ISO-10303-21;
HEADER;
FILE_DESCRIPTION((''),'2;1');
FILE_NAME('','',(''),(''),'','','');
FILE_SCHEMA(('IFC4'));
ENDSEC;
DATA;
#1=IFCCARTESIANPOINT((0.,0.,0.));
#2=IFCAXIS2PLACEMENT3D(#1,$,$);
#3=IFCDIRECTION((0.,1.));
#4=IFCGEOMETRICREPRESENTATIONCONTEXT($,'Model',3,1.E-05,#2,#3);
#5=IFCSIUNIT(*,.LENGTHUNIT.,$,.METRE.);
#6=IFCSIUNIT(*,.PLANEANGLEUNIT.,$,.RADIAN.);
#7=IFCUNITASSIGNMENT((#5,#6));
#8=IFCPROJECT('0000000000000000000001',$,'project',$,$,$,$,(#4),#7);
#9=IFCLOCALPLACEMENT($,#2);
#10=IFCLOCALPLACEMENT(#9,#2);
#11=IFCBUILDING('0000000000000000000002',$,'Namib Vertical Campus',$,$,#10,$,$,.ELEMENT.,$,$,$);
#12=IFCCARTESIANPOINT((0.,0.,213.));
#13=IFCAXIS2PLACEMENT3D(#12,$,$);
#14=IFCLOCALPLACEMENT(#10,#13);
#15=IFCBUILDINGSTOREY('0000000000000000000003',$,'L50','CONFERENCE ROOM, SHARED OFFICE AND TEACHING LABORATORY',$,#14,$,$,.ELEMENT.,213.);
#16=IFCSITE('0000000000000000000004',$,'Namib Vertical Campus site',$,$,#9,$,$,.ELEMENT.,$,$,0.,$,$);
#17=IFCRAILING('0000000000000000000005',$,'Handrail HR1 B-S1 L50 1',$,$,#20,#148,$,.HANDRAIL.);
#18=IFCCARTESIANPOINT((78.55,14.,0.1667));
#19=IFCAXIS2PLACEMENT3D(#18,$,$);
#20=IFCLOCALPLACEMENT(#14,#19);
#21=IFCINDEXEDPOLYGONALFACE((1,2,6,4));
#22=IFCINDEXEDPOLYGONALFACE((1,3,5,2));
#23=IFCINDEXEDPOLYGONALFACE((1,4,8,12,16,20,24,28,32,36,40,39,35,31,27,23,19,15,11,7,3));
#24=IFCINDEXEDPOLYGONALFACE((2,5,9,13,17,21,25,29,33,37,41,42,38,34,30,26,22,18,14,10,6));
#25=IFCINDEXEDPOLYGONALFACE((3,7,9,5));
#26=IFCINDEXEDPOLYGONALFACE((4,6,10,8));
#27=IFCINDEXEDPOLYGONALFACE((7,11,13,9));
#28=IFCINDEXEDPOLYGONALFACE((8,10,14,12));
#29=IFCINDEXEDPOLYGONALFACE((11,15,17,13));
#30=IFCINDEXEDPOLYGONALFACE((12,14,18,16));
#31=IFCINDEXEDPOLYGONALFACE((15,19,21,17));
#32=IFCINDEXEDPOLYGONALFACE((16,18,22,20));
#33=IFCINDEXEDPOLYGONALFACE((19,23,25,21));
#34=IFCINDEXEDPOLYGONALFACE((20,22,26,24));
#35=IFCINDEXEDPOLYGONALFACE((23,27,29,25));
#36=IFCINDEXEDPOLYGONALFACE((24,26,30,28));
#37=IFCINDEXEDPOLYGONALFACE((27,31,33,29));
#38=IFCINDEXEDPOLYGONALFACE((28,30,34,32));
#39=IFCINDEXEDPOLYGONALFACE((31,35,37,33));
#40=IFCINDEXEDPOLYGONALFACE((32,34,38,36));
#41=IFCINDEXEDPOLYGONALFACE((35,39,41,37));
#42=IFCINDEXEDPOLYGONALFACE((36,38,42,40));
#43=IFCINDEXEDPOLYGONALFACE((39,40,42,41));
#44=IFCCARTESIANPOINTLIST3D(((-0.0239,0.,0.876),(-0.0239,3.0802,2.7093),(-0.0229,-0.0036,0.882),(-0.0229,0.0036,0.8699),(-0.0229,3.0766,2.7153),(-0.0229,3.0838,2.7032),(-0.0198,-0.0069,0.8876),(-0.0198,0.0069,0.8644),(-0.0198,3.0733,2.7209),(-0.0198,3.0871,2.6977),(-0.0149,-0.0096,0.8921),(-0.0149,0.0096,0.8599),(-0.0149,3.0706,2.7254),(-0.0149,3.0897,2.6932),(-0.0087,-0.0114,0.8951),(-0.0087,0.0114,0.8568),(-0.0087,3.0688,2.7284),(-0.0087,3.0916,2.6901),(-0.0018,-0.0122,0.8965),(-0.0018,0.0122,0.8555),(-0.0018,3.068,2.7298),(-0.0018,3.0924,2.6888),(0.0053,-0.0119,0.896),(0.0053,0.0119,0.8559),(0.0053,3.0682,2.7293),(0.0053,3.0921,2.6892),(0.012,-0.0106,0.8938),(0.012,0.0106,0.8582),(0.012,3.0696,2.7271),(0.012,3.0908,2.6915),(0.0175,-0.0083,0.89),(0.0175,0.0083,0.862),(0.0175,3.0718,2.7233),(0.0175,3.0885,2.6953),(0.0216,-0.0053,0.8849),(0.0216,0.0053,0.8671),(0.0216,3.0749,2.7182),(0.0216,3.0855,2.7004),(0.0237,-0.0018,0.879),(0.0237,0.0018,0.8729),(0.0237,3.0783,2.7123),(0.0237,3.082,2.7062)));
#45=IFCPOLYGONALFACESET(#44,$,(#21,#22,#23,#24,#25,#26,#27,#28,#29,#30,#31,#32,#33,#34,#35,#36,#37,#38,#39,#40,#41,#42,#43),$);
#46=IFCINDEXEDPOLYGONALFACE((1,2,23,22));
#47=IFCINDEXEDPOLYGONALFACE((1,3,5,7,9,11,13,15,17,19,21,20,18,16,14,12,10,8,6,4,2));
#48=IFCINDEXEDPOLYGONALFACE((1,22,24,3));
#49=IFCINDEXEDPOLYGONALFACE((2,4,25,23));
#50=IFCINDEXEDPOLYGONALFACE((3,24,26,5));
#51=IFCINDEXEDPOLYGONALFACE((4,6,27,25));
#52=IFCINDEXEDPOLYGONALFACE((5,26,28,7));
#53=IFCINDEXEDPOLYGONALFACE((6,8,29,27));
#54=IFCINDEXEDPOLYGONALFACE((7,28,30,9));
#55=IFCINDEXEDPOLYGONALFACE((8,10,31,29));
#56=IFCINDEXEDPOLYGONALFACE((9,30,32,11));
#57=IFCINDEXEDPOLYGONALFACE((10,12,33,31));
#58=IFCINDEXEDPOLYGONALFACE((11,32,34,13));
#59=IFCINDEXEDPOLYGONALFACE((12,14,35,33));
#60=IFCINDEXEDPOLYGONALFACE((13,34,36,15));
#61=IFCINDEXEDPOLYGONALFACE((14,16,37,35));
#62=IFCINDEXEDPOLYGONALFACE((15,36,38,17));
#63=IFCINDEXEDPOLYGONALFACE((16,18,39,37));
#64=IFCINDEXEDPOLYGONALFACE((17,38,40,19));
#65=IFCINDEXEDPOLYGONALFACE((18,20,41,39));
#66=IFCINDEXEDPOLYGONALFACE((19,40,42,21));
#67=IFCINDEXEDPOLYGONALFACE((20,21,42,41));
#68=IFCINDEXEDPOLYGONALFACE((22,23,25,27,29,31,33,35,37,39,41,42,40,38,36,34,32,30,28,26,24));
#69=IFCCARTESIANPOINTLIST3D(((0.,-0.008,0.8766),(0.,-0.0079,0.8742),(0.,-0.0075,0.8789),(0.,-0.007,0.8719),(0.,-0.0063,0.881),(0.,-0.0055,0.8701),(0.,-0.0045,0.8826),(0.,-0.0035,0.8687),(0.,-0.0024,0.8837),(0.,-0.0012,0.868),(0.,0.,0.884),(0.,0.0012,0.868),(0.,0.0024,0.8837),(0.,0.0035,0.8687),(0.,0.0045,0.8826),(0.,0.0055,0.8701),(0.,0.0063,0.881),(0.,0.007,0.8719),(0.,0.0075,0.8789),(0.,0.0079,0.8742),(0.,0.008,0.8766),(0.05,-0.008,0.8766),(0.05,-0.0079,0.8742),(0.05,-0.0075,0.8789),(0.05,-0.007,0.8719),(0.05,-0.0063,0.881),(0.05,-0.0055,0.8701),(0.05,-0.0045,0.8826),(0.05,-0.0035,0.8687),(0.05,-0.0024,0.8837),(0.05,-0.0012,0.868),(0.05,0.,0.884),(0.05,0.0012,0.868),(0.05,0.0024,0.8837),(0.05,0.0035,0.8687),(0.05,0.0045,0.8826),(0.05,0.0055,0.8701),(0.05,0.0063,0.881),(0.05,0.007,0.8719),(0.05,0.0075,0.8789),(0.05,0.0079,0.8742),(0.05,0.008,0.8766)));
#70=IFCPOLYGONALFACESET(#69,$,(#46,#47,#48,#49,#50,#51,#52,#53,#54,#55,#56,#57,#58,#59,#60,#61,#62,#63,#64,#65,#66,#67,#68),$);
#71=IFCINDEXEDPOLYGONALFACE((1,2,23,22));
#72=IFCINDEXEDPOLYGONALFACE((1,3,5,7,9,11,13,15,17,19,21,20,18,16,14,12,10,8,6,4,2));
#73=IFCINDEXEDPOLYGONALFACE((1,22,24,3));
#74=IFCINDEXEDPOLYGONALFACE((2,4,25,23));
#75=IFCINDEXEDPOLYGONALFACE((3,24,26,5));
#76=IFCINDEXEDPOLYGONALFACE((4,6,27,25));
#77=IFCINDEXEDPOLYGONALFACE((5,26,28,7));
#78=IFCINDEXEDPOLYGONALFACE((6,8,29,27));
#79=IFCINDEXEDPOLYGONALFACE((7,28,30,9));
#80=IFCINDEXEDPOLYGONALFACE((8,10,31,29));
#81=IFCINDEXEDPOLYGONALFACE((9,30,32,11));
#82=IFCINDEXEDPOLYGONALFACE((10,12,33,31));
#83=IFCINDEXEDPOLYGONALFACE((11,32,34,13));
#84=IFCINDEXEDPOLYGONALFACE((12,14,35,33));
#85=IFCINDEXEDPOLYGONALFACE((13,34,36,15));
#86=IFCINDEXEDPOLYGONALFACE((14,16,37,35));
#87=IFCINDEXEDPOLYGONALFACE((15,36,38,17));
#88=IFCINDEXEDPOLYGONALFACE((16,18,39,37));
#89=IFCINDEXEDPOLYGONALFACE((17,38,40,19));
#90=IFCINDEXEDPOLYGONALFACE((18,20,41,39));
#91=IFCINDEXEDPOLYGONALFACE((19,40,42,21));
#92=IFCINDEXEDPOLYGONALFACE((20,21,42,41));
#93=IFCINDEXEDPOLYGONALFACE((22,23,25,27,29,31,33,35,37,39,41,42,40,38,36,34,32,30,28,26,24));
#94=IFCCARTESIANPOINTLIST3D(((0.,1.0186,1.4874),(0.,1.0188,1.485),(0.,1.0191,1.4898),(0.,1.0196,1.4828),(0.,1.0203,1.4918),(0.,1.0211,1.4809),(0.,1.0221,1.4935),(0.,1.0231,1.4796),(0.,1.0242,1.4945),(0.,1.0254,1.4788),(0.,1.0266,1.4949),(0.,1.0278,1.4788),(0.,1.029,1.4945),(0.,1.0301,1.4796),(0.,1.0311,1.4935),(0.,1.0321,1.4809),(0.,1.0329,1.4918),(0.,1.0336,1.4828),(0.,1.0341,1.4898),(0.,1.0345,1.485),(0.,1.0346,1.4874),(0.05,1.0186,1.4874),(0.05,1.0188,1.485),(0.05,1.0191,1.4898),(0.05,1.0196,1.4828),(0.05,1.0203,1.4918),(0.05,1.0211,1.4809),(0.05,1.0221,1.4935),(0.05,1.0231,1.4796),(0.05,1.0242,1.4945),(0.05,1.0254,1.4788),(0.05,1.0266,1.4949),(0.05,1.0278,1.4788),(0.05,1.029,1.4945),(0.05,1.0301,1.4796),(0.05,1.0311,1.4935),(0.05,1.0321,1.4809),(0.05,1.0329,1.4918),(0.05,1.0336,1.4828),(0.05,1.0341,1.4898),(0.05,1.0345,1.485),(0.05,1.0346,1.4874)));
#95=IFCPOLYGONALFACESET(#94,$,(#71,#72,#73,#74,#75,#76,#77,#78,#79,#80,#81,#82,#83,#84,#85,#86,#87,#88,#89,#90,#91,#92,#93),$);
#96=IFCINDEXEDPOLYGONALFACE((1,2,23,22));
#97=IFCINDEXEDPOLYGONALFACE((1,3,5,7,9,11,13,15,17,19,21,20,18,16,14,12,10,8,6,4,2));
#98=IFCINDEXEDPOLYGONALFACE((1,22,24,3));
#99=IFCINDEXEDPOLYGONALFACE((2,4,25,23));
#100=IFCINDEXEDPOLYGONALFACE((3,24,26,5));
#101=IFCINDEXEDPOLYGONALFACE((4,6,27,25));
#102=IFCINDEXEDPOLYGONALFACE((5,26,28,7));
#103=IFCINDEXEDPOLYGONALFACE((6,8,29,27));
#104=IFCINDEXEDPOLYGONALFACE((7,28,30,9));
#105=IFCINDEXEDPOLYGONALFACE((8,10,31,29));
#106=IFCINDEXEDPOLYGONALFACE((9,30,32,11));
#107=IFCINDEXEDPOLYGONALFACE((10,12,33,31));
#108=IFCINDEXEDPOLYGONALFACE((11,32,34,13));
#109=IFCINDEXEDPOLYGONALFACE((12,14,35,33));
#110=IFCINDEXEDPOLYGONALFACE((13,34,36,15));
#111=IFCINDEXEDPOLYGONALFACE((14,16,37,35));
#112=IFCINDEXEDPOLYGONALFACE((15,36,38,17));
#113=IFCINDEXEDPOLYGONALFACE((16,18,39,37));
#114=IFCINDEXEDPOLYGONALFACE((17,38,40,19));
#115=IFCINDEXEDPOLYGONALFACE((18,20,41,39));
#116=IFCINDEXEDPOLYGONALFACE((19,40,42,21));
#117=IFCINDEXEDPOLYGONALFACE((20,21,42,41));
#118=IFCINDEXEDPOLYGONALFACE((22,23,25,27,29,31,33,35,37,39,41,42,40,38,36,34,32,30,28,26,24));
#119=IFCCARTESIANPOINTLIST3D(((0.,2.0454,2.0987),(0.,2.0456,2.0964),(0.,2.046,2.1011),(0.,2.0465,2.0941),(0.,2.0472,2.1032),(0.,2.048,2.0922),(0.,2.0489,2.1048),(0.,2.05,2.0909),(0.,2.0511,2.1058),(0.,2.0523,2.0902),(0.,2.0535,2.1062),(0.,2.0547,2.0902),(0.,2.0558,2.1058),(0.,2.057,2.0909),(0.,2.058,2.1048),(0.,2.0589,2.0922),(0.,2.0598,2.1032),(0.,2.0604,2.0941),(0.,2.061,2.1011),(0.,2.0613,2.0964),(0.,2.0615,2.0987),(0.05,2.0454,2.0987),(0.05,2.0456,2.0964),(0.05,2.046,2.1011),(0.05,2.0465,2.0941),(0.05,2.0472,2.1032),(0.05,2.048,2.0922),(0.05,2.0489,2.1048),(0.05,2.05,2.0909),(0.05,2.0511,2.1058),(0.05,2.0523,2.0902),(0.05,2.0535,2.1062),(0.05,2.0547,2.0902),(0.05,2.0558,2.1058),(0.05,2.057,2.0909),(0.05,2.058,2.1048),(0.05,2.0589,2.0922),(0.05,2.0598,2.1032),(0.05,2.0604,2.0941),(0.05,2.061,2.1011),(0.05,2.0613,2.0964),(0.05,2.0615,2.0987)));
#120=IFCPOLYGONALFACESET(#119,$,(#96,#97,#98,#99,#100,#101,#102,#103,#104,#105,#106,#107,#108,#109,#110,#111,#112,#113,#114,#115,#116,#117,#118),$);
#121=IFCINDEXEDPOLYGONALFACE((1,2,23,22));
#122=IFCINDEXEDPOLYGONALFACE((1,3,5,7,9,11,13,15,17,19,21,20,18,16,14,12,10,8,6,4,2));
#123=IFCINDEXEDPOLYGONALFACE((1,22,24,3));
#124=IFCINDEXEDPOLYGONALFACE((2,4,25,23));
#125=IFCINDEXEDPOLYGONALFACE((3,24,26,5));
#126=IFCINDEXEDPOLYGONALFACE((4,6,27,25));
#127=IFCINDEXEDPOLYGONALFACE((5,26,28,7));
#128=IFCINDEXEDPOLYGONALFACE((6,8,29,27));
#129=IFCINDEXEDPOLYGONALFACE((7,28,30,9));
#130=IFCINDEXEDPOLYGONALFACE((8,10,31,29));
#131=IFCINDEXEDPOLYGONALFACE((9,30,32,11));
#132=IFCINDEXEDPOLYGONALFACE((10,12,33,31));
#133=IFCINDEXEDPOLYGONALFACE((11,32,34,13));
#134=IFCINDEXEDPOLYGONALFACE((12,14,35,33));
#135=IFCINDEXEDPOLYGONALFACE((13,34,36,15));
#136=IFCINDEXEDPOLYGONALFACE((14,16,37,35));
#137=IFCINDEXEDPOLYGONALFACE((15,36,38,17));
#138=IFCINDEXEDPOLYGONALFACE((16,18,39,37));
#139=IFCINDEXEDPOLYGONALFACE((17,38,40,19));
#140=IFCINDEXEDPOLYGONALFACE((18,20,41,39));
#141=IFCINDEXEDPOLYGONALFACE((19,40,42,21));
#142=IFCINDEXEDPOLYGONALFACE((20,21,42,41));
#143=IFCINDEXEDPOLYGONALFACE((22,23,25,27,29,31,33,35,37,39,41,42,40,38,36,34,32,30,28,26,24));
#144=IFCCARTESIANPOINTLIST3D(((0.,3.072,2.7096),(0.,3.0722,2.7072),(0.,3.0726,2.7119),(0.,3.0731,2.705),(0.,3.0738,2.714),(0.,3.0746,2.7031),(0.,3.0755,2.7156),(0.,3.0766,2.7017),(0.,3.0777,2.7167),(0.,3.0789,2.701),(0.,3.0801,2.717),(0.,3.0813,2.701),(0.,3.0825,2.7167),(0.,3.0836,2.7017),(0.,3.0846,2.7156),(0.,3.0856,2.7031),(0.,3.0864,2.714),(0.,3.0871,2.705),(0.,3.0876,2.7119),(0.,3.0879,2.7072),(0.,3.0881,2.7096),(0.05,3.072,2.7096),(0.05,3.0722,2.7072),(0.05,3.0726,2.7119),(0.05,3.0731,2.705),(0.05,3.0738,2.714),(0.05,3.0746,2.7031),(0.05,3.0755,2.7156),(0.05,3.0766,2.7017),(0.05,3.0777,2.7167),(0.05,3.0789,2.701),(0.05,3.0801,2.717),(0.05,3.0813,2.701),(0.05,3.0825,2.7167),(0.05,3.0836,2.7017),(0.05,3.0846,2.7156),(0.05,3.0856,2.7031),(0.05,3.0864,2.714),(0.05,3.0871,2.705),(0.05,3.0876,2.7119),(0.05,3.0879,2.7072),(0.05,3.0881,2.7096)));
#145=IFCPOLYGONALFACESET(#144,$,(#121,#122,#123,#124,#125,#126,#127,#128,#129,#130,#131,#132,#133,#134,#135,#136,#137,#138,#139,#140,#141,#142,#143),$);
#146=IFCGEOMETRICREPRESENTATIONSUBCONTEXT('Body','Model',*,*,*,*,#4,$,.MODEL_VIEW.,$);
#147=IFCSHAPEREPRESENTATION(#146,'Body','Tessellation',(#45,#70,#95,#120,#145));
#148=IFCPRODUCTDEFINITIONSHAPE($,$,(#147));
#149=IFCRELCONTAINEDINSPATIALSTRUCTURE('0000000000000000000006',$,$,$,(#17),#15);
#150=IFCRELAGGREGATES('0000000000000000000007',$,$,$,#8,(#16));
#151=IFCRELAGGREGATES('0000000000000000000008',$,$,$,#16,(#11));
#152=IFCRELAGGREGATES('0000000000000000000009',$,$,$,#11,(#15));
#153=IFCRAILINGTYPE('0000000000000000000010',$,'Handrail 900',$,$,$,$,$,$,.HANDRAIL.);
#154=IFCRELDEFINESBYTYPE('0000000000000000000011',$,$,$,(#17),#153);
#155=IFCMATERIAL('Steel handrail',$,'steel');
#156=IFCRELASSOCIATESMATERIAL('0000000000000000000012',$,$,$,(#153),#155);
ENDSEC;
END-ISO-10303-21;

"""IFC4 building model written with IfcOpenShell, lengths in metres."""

from ifc_helpers import new_model, si_unit, direction, frame, origin, origin_2d, place, context, subcontext, project, spatial, circle, extrude, material, type_object, element, save


model = new_model("IFC4")

# Units and contexts
model_context = context("Model", 3, precision=1e-05, world=origin(), true_north=direction((0.0, 1.0)))
body_context = subcontext(model_context, "Body", "Model", "MODEL_VIEW")
ifc_project = project(units=[si_unit("LENGTHUNIT", "METRE"), si_unit("PLANEANGLEUNIT", "RADIAN")], contexts=[model_context])

# Site, building, storey
site_placement = place(None, origin())
site = spatial("IfcSite", under=ifc_project, at=site_placement, Name="Namib Vertical Campus site", CompositionType="ELEMENT", RefElevation=0.0)
building_placement = place(site_placement, origin())
building = spatial("IfcBuilding", under=site, at=building_placement, Name="Namib Vertical Campus", CompositionType="ELEMENT")
storey_placement = place(building_placement, frame((0.0, 0.0, 213.0)))
storey = spatial("IfcBuildingStorey", under=building, at=storey_placement, Name="L50", Description="CONFERENCE ROOM, SHARED OFFICE AND TEACHING LABORATORY", CompositionType="ELEMENT", Elevation=213.0)

# Railing
ifc_material_1 = material(Name="Steel handrail", Category="steel")
railing_type_1 = type_object("IfcRailingType", Name="Handrail 900", PredefinedType="HANDRAIL", material=ifc_material_1)
railing_1_placement = place(storey_placement, frame((78.55, 14.0, 0.1667)))
element("IfcRailing", 1, at=railing_1_placement, inside=storey, type_object=railing_type_1, Name="Handrail HR1 B-S1 L50 1", PredefinedType="HANDRAIL", context=body_context, shape_type="SweptSolid", body=[
    extrude(circle(Radius=0.0239, at=origin_2d()), frame((0.0, 0.0, 0.876), z_axis=(0.0, 0.859309, 0.511458), x_axis=(-1.0, 0.0, 0.0)), (0.0, 0.0, 1.0), 3.5845),
    extrude(circle(Radius=0.0081, at=origin_2d()), frame((0.0, 0.0, 0.876), z_axis=(1.0, 0.0, 0.0), x_axis=(0.0, 0.0, 1.0)), (0.0, 0.0, 1.0), 0.05),
    extrude(circle(Radius=0.0081, at=origin_2d()), frame((0.0, 1.0266, 1.4868), z_axis=(1.0, 0.0, 0.0), x_axis=(0.0, 0.0, 1.0)), (0.0, 0.0, 1.0), 0.05),
    extrude(circle(Radius=0.0081, at=origin_2d()), frame((0.0, 2.0535, 2.0981), z_axis=(1.0, 0.0, 0.0), x_axis=(0.0, 0.0, 1.0)), (0.0, 0.0, 1.0), 0.05),
    extrude(circle(Radius=0.0081, at=origin_2d()), frame((0.0, 3.0801, 2.709), z_axis=(1.0, 0.0, 0.0), x_axis=(0.0, 0.0, 1.0)), (0.0, 0.0, 1.0), 0.05),
])

save(model, "model.ifc")
